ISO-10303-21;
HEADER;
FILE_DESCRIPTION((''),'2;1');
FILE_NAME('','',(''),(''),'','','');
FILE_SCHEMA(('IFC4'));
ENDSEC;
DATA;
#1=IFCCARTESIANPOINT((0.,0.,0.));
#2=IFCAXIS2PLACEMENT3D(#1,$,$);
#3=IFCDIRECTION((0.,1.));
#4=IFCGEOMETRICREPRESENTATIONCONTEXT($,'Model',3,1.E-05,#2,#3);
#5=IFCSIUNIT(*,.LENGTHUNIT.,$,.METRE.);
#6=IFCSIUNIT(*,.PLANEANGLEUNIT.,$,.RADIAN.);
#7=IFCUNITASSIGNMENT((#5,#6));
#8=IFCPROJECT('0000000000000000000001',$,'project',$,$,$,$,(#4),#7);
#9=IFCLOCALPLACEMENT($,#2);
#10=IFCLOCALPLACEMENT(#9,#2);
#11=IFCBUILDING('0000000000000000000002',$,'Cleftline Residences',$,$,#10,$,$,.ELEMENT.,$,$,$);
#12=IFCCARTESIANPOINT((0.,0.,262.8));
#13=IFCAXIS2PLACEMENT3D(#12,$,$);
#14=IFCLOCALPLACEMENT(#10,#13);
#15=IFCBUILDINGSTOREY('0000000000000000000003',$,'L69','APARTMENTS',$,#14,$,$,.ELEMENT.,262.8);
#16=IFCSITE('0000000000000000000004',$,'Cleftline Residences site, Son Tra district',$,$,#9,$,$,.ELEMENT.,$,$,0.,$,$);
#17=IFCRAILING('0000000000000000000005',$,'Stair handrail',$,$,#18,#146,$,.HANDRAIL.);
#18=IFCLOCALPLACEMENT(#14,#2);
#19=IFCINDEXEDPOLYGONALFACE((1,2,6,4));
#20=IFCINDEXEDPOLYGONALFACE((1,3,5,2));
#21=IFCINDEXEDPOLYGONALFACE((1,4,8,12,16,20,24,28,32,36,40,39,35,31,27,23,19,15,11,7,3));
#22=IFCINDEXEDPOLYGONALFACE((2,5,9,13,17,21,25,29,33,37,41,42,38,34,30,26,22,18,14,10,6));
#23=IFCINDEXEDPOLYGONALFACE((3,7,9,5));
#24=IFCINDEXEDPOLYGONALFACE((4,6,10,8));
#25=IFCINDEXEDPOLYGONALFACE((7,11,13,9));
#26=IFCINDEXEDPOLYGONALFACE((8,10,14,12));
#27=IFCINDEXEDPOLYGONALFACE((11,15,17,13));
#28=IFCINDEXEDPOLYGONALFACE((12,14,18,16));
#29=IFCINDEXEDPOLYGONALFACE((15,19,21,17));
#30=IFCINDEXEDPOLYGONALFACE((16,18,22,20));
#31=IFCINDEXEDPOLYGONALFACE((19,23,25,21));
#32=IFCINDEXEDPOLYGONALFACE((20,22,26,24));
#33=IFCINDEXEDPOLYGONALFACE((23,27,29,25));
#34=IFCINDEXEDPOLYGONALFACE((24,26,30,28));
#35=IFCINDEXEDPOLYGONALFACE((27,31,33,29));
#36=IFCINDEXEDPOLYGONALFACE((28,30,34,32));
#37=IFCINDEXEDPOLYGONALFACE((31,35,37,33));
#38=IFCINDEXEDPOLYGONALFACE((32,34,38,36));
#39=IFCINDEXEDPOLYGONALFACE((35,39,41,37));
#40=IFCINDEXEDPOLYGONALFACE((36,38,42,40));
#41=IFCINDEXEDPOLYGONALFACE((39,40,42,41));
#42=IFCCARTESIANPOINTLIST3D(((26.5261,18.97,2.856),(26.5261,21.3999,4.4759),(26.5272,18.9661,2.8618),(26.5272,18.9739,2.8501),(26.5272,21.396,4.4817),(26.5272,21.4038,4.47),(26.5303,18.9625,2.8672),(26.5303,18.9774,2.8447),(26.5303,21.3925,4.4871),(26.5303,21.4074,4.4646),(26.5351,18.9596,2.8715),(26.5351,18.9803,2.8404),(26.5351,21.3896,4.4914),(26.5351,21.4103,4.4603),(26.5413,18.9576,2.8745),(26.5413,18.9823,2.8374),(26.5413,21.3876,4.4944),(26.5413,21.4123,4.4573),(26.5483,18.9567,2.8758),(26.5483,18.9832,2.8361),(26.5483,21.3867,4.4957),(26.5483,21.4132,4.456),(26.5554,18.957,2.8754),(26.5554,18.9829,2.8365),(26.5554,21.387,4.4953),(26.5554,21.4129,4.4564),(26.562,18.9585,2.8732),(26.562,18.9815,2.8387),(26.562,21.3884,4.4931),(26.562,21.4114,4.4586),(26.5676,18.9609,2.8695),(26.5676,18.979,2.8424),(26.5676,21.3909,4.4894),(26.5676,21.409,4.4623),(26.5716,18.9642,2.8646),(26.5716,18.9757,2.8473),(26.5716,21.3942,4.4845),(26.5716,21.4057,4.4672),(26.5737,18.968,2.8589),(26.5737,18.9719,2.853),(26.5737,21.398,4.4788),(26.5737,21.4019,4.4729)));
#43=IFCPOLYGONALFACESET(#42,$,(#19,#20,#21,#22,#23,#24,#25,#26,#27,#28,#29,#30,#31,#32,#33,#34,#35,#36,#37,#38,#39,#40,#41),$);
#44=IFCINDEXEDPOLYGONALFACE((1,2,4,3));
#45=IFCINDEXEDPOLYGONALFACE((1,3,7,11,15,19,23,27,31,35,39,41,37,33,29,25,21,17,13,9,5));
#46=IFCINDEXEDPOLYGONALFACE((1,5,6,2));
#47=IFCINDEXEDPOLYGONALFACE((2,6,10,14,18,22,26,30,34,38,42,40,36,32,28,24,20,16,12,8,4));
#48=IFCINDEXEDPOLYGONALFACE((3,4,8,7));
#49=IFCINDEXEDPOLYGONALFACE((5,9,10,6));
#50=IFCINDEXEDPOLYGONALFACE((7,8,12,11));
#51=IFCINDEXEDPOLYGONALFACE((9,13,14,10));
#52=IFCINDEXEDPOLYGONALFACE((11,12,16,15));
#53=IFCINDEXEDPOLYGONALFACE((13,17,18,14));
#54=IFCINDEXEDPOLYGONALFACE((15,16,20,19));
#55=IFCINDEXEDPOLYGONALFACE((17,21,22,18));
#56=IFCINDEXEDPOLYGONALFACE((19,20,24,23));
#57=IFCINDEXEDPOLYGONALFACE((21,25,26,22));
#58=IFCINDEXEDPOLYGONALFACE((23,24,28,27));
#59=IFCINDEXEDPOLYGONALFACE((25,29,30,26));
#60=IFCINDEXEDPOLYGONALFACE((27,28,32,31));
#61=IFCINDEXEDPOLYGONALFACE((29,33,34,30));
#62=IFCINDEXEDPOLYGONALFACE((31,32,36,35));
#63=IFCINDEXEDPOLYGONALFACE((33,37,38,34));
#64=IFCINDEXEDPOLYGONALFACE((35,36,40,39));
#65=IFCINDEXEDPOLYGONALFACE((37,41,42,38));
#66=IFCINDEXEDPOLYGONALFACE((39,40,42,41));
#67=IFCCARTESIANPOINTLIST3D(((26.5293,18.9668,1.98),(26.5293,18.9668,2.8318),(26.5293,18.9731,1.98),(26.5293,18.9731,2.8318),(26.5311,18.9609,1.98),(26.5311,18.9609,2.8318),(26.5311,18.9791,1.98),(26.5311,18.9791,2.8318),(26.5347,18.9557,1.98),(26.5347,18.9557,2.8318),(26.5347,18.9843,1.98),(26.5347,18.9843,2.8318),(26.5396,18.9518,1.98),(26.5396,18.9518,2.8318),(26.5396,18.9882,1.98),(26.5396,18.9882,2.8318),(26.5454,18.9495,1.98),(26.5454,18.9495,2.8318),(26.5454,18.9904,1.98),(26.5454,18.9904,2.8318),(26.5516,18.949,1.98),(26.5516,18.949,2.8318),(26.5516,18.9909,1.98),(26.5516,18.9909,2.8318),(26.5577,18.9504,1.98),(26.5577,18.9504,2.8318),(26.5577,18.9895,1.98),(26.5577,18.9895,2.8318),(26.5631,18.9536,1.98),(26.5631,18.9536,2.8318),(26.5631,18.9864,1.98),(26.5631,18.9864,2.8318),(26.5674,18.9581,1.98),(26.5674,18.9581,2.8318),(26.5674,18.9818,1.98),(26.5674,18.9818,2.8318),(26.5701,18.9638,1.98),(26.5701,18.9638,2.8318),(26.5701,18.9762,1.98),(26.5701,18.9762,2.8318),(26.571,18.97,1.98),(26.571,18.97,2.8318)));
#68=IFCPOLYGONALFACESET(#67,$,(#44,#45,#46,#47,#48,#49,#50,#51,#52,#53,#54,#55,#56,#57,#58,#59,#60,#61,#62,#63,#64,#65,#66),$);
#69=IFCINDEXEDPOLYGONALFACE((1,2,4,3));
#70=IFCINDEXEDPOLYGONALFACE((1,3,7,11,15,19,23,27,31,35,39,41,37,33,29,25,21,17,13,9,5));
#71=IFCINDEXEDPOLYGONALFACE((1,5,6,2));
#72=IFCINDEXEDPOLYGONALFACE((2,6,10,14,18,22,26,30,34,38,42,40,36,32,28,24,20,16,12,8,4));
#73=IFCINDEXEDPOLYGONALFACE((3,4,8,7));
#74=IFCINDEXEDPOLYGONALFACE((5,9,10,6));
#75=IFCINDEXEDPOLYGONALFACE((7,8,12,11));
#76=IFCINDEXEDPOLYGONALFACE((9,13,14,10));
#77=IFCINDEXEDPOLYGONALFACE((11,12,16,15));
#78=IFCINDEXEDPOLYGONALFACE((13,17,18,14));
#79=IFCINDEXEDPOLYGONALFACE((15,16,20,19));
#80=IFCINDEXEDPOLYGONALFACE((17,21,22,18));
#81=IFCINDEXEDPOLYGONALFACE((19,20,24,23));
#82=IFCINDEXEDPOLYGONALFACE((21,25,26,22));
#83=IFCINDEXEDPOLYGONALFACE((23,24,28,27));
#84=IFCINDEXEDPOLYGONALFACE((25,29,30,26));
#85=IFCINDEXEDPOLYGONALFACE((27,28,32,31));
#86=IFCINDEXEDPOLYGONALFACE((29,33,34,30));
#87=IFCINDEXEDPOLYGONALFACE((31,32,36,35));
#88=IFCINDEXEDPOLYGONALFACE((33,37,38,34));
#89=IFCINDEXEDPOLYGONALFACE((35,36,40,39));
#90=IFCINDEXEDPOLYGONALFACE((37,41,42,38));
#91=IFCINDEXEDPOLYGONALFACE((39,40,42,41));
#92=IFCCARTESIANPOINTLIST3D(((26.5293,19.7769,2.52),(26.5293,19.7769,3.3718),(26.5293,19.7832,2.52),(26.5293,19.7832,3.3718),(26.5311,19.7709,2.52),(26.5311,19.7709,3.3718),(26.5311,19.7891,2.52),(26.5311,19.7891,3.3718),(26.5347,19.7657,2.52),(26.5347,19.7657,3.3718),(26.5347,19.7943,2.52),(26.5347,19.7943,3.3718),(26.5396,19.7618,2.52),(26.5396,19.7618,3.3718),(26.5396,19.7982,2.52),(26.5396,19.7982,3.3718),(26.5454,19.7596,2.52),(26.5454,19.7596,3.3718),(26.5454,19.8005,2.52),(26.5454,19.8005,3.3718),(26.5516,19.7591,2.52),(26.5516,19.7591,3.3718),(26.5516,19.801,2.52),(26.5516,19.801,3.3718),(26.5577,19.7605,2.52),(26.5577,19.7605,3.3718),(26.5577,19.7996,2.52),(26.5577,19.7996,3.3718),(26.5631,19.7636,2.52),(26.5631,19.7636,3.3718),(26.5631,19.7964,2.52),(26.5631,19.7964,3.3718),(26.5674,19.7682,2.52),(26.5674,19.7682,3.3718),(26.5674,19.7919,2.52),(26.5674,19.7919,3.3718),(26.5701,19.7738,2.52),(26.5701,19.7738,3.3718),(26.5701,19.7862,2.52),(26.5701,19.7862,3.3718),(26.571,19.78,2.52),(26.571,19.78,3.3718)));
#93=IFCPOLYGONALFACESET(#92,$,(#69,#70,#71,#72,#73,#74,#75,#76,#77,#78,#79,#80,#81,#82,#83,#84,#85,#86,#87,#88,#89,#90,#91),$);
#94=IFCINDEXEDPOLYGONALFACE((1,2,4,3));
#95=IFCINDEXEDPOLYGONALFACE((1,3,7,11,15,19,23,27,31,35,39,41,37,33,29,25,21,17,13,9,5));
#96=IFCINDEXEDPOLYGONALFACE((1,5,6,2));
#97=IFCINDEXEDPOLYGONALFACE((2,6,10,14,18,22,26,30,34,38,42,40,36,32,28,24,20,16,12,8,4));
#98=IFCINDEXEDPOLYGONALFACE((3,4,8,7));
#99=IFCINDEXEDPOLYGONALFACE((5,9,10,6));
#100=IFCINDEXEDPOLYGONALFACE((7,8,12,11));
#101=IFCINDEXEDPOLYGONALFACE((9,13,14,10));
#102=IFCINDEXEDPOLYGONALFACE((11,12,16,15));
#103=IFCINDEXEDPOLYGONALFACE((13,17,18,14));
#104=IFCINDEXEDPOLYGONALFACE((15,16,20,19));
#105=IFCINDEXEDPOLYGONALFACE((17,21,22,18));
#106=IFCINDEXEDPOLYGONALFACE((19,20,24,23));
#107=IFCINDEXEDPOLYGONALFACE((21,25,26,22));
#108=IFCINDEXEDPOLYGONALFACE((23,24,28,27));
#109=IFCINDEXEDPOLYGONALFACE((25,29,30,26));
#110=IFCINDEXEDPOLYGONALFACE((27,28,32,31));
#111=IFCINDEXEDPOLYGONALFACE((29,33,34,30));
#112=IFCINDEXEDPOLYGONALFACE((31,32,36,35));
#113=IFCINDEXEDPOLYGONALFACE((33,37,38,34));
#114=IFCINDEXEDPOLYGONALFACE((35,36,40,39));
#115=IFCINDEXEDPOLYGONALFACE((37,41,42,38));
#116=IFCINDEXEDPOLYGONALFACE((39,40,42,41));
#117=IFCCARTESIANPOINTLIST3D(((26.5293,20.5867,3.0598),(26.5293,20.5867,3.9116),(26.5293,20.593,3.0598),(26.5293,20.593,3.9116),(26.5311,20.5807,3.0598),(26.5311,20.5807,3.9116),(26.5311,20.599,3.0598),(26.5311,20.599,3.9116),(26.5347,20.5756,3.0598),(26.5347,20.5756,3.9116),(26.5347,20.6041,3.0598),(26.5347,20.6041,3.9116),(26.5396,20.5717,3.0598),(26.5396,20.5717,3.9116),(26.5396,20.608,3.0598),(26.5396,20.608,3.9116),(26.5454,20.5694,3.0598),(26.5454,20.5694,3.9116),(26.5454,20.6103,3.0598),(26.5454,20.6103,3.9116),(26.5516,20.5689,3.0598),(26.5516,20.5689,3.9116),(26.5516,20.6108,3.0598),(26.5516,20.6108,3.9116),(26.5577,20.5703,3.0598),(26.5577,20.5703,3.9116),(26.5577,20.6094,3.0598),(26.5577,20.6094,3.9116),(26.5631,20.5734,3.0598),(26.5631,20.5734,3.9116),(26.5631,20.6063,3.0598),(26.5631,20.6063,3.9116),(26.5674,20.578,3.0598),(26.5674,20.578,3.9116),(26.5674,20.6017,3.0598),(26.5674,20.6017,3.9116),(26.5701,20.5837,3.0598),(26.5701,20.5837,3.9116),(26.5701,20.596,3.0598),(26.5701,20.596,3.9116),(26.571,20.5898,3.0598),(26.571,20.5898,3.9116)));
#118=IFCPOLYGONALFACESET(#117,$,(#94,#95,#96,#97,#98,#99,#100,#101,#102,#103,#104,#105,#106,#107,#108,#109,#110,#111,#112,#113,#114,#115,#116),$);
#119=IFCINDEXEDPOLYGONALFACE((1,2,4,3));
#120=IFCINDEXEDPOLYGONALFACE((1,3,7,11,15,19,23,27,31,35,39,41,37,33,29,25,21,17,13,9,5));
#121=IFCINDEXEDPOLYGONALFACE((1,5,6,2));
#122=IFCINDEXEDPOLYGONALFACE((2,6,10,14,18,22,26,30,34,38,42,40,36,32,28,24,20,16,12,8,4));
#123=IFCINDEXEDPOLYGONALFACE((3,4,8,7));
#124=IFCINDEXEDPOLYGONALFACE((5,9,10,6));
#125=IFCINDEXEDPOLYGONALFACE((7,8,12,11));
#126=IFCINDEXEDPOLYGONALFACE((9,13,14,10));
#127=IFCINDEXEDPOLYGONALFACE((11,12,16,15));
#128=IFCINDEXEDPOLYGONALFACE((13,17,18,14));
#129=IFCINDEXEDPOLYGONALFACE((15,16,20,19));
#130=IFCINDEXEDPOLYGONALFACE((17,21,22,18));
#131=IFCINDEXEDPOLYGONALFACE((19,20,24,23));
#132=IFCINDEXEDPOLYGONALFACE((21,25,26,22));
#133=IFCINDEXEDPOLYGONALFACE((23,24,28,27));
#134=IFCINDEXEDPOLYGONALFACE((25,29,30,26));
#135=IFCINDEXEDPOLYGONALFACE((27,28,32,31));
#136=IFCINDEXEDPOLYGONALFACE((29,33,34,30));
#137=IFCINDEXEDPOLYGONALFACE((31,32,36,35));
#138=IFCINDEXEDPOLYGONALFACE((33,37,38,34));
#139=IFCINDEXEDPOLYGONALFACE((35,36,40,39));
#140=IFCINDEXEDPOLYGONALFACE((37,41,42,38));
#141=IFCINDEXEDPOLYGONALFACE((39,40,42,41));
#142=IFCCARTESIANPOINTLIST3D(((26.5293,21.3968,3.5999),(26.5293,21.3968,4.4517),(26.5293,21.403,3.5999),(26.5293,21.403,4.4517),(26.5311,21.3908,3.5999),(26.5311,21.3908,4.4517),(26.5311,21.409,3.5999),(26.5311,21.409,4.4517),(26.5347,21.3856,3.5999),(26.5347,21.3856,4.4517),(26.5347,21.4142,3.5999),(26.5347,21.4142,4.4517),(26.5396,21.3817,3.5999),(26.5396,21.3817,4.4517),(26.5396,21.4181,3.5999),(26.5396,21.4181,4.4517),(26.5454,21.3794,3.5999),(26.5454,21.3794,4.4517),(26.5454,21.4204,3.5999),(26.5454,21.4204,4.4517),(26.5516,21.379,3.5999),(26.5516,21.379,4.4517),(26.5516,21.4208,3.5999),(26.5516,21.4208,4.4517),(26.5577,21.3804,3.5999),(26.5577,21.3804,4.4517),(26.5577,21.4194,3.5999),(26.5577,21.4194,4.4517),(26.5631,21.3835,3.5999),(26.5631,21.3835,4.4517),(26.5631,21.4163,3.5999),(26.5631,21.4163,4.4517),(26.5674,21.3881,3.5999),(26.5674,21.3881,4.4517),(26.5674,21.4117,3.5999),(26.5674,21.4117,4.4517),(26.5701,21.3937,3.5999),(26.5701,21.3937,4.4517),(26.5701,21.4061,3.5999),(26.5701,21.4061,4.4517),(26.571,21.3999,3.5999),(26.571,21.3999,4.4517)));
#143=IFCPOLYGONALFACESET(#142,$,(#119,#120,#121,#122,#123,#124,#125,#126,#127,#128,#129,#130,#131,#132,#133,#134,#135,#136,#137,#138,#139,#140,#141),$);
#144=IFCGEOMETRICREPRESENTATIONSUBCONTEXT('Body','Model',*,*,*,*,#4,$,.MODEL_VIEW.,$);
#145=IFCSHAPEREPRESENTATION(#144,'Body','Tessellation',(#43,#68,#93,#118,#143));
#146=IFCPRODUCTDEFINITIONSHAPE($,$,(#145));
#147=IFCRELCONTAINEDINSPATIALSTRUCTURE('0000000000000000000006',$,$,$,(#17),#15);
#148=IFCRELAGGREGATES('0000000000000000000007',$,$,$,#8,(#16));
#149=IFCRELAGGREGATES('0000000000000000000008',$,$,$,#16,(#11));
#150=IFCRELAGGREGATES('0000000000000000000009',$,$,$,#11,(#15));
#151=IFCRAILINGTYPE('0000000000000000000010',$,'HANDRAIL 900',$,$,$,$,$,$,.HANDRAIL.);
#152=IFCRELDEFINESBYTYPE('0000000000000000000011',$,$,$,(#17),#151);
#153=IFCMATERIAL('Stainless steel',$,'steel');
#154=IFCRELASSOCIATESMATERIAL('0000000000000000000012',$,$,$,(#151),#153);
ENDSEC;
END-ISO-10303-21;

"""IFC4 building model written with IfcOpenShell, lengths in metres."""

from ifc_helpers import new_model, si_unit, direction, frame, origin, origin_2d, place, context, subcontext, project, spatial, circle, extrude, material, type_object, element, save


model = new_model("IFC4")

# Units and contexts
model_context = context("Model", 3, precision=1e-05, world=origin(), true_north=direction((0.0, 1.0)))
body_context = subcontext(model_context, "Body", "Model", "MODEL_VIEW")
ifc_project = project(units=[si_unit("LENGTHUNIT", "METRE"), si_unit("PLANEANGLEUNIT", "RADIAN")], contexts=[model_context])

# Site, building, storey
site_placement = place(None, origin())
site = spatial("IfcSite", under=ifc_project, at=site_placement, Name="Cleftline Residences site, Son Tra district", CompositionType="ELEMENT", RefElevation=0.0)
building_placement = place(site_placement, origin())
building = spatial("IfcBuilding", under=site, at=building_placement, Name="Cleftline Residences", CompositionType="ELEMENT")
storey_placement = place(building_placement, frame((0.0, 0.0, 262.8)))
storey = spatial("IfcBuildingStorey", under=building, at=storey_placement, Name="L69", Description="APARTMENTS", CompositionType="ELEMENT", Elevation=262.8)

# Railing
ifc_material_1 = material(Name="Stainless steel", Category="steel")
railing_type = type_object("IfcRailingType", Name="HANDRAIL 900", PredefinedType="HANDRAIL", material=ifc_material_1)
railing_1_placement = place(storey_placement, frame((26.55, 18.97, 1.98)))
element("IfcRailing", 1, at=railing_1_placement, inside=storey, type_object=railing_type, Name="Stair handrail", PredefinedType="HANDRAIL", context=body_context, shape_type="SweptSolid", body=[
    extrude(circle(Radius=0.0239, at=origin_2d()), frame((0.0, 0.0, 0.876), z_axis=(0.0, 0.832063, 0.554681), x_axis=(-1.0, 0.0, 0.0)), (0.0, 0.0, 1.0), 2.9204),
    extrude(circle(Radius=0.021, at=origin_2d()), origin(), (0.0, 0.0, 1.0), 0.8518),
    extrude(circle(Radius=0.021, at=origin_2d()), frame((0.0, 0.8101, 0.54)), (0.0, 0.0, 1.0), 0.8518),
    extrude(circle(Radius=0.021, at=origin_2d()), frame((0.0, 1.6199, 1.0798)), (0.0, 0.0, 1.0), 0.8518),
    extrude(circle(Radius=0.021, at=origin_2d()), frame((0.0, 2.4299, 1.6199)), (0.0, 0.0, 1.0), 0.8518),
])

save(model, "model.ifc")
